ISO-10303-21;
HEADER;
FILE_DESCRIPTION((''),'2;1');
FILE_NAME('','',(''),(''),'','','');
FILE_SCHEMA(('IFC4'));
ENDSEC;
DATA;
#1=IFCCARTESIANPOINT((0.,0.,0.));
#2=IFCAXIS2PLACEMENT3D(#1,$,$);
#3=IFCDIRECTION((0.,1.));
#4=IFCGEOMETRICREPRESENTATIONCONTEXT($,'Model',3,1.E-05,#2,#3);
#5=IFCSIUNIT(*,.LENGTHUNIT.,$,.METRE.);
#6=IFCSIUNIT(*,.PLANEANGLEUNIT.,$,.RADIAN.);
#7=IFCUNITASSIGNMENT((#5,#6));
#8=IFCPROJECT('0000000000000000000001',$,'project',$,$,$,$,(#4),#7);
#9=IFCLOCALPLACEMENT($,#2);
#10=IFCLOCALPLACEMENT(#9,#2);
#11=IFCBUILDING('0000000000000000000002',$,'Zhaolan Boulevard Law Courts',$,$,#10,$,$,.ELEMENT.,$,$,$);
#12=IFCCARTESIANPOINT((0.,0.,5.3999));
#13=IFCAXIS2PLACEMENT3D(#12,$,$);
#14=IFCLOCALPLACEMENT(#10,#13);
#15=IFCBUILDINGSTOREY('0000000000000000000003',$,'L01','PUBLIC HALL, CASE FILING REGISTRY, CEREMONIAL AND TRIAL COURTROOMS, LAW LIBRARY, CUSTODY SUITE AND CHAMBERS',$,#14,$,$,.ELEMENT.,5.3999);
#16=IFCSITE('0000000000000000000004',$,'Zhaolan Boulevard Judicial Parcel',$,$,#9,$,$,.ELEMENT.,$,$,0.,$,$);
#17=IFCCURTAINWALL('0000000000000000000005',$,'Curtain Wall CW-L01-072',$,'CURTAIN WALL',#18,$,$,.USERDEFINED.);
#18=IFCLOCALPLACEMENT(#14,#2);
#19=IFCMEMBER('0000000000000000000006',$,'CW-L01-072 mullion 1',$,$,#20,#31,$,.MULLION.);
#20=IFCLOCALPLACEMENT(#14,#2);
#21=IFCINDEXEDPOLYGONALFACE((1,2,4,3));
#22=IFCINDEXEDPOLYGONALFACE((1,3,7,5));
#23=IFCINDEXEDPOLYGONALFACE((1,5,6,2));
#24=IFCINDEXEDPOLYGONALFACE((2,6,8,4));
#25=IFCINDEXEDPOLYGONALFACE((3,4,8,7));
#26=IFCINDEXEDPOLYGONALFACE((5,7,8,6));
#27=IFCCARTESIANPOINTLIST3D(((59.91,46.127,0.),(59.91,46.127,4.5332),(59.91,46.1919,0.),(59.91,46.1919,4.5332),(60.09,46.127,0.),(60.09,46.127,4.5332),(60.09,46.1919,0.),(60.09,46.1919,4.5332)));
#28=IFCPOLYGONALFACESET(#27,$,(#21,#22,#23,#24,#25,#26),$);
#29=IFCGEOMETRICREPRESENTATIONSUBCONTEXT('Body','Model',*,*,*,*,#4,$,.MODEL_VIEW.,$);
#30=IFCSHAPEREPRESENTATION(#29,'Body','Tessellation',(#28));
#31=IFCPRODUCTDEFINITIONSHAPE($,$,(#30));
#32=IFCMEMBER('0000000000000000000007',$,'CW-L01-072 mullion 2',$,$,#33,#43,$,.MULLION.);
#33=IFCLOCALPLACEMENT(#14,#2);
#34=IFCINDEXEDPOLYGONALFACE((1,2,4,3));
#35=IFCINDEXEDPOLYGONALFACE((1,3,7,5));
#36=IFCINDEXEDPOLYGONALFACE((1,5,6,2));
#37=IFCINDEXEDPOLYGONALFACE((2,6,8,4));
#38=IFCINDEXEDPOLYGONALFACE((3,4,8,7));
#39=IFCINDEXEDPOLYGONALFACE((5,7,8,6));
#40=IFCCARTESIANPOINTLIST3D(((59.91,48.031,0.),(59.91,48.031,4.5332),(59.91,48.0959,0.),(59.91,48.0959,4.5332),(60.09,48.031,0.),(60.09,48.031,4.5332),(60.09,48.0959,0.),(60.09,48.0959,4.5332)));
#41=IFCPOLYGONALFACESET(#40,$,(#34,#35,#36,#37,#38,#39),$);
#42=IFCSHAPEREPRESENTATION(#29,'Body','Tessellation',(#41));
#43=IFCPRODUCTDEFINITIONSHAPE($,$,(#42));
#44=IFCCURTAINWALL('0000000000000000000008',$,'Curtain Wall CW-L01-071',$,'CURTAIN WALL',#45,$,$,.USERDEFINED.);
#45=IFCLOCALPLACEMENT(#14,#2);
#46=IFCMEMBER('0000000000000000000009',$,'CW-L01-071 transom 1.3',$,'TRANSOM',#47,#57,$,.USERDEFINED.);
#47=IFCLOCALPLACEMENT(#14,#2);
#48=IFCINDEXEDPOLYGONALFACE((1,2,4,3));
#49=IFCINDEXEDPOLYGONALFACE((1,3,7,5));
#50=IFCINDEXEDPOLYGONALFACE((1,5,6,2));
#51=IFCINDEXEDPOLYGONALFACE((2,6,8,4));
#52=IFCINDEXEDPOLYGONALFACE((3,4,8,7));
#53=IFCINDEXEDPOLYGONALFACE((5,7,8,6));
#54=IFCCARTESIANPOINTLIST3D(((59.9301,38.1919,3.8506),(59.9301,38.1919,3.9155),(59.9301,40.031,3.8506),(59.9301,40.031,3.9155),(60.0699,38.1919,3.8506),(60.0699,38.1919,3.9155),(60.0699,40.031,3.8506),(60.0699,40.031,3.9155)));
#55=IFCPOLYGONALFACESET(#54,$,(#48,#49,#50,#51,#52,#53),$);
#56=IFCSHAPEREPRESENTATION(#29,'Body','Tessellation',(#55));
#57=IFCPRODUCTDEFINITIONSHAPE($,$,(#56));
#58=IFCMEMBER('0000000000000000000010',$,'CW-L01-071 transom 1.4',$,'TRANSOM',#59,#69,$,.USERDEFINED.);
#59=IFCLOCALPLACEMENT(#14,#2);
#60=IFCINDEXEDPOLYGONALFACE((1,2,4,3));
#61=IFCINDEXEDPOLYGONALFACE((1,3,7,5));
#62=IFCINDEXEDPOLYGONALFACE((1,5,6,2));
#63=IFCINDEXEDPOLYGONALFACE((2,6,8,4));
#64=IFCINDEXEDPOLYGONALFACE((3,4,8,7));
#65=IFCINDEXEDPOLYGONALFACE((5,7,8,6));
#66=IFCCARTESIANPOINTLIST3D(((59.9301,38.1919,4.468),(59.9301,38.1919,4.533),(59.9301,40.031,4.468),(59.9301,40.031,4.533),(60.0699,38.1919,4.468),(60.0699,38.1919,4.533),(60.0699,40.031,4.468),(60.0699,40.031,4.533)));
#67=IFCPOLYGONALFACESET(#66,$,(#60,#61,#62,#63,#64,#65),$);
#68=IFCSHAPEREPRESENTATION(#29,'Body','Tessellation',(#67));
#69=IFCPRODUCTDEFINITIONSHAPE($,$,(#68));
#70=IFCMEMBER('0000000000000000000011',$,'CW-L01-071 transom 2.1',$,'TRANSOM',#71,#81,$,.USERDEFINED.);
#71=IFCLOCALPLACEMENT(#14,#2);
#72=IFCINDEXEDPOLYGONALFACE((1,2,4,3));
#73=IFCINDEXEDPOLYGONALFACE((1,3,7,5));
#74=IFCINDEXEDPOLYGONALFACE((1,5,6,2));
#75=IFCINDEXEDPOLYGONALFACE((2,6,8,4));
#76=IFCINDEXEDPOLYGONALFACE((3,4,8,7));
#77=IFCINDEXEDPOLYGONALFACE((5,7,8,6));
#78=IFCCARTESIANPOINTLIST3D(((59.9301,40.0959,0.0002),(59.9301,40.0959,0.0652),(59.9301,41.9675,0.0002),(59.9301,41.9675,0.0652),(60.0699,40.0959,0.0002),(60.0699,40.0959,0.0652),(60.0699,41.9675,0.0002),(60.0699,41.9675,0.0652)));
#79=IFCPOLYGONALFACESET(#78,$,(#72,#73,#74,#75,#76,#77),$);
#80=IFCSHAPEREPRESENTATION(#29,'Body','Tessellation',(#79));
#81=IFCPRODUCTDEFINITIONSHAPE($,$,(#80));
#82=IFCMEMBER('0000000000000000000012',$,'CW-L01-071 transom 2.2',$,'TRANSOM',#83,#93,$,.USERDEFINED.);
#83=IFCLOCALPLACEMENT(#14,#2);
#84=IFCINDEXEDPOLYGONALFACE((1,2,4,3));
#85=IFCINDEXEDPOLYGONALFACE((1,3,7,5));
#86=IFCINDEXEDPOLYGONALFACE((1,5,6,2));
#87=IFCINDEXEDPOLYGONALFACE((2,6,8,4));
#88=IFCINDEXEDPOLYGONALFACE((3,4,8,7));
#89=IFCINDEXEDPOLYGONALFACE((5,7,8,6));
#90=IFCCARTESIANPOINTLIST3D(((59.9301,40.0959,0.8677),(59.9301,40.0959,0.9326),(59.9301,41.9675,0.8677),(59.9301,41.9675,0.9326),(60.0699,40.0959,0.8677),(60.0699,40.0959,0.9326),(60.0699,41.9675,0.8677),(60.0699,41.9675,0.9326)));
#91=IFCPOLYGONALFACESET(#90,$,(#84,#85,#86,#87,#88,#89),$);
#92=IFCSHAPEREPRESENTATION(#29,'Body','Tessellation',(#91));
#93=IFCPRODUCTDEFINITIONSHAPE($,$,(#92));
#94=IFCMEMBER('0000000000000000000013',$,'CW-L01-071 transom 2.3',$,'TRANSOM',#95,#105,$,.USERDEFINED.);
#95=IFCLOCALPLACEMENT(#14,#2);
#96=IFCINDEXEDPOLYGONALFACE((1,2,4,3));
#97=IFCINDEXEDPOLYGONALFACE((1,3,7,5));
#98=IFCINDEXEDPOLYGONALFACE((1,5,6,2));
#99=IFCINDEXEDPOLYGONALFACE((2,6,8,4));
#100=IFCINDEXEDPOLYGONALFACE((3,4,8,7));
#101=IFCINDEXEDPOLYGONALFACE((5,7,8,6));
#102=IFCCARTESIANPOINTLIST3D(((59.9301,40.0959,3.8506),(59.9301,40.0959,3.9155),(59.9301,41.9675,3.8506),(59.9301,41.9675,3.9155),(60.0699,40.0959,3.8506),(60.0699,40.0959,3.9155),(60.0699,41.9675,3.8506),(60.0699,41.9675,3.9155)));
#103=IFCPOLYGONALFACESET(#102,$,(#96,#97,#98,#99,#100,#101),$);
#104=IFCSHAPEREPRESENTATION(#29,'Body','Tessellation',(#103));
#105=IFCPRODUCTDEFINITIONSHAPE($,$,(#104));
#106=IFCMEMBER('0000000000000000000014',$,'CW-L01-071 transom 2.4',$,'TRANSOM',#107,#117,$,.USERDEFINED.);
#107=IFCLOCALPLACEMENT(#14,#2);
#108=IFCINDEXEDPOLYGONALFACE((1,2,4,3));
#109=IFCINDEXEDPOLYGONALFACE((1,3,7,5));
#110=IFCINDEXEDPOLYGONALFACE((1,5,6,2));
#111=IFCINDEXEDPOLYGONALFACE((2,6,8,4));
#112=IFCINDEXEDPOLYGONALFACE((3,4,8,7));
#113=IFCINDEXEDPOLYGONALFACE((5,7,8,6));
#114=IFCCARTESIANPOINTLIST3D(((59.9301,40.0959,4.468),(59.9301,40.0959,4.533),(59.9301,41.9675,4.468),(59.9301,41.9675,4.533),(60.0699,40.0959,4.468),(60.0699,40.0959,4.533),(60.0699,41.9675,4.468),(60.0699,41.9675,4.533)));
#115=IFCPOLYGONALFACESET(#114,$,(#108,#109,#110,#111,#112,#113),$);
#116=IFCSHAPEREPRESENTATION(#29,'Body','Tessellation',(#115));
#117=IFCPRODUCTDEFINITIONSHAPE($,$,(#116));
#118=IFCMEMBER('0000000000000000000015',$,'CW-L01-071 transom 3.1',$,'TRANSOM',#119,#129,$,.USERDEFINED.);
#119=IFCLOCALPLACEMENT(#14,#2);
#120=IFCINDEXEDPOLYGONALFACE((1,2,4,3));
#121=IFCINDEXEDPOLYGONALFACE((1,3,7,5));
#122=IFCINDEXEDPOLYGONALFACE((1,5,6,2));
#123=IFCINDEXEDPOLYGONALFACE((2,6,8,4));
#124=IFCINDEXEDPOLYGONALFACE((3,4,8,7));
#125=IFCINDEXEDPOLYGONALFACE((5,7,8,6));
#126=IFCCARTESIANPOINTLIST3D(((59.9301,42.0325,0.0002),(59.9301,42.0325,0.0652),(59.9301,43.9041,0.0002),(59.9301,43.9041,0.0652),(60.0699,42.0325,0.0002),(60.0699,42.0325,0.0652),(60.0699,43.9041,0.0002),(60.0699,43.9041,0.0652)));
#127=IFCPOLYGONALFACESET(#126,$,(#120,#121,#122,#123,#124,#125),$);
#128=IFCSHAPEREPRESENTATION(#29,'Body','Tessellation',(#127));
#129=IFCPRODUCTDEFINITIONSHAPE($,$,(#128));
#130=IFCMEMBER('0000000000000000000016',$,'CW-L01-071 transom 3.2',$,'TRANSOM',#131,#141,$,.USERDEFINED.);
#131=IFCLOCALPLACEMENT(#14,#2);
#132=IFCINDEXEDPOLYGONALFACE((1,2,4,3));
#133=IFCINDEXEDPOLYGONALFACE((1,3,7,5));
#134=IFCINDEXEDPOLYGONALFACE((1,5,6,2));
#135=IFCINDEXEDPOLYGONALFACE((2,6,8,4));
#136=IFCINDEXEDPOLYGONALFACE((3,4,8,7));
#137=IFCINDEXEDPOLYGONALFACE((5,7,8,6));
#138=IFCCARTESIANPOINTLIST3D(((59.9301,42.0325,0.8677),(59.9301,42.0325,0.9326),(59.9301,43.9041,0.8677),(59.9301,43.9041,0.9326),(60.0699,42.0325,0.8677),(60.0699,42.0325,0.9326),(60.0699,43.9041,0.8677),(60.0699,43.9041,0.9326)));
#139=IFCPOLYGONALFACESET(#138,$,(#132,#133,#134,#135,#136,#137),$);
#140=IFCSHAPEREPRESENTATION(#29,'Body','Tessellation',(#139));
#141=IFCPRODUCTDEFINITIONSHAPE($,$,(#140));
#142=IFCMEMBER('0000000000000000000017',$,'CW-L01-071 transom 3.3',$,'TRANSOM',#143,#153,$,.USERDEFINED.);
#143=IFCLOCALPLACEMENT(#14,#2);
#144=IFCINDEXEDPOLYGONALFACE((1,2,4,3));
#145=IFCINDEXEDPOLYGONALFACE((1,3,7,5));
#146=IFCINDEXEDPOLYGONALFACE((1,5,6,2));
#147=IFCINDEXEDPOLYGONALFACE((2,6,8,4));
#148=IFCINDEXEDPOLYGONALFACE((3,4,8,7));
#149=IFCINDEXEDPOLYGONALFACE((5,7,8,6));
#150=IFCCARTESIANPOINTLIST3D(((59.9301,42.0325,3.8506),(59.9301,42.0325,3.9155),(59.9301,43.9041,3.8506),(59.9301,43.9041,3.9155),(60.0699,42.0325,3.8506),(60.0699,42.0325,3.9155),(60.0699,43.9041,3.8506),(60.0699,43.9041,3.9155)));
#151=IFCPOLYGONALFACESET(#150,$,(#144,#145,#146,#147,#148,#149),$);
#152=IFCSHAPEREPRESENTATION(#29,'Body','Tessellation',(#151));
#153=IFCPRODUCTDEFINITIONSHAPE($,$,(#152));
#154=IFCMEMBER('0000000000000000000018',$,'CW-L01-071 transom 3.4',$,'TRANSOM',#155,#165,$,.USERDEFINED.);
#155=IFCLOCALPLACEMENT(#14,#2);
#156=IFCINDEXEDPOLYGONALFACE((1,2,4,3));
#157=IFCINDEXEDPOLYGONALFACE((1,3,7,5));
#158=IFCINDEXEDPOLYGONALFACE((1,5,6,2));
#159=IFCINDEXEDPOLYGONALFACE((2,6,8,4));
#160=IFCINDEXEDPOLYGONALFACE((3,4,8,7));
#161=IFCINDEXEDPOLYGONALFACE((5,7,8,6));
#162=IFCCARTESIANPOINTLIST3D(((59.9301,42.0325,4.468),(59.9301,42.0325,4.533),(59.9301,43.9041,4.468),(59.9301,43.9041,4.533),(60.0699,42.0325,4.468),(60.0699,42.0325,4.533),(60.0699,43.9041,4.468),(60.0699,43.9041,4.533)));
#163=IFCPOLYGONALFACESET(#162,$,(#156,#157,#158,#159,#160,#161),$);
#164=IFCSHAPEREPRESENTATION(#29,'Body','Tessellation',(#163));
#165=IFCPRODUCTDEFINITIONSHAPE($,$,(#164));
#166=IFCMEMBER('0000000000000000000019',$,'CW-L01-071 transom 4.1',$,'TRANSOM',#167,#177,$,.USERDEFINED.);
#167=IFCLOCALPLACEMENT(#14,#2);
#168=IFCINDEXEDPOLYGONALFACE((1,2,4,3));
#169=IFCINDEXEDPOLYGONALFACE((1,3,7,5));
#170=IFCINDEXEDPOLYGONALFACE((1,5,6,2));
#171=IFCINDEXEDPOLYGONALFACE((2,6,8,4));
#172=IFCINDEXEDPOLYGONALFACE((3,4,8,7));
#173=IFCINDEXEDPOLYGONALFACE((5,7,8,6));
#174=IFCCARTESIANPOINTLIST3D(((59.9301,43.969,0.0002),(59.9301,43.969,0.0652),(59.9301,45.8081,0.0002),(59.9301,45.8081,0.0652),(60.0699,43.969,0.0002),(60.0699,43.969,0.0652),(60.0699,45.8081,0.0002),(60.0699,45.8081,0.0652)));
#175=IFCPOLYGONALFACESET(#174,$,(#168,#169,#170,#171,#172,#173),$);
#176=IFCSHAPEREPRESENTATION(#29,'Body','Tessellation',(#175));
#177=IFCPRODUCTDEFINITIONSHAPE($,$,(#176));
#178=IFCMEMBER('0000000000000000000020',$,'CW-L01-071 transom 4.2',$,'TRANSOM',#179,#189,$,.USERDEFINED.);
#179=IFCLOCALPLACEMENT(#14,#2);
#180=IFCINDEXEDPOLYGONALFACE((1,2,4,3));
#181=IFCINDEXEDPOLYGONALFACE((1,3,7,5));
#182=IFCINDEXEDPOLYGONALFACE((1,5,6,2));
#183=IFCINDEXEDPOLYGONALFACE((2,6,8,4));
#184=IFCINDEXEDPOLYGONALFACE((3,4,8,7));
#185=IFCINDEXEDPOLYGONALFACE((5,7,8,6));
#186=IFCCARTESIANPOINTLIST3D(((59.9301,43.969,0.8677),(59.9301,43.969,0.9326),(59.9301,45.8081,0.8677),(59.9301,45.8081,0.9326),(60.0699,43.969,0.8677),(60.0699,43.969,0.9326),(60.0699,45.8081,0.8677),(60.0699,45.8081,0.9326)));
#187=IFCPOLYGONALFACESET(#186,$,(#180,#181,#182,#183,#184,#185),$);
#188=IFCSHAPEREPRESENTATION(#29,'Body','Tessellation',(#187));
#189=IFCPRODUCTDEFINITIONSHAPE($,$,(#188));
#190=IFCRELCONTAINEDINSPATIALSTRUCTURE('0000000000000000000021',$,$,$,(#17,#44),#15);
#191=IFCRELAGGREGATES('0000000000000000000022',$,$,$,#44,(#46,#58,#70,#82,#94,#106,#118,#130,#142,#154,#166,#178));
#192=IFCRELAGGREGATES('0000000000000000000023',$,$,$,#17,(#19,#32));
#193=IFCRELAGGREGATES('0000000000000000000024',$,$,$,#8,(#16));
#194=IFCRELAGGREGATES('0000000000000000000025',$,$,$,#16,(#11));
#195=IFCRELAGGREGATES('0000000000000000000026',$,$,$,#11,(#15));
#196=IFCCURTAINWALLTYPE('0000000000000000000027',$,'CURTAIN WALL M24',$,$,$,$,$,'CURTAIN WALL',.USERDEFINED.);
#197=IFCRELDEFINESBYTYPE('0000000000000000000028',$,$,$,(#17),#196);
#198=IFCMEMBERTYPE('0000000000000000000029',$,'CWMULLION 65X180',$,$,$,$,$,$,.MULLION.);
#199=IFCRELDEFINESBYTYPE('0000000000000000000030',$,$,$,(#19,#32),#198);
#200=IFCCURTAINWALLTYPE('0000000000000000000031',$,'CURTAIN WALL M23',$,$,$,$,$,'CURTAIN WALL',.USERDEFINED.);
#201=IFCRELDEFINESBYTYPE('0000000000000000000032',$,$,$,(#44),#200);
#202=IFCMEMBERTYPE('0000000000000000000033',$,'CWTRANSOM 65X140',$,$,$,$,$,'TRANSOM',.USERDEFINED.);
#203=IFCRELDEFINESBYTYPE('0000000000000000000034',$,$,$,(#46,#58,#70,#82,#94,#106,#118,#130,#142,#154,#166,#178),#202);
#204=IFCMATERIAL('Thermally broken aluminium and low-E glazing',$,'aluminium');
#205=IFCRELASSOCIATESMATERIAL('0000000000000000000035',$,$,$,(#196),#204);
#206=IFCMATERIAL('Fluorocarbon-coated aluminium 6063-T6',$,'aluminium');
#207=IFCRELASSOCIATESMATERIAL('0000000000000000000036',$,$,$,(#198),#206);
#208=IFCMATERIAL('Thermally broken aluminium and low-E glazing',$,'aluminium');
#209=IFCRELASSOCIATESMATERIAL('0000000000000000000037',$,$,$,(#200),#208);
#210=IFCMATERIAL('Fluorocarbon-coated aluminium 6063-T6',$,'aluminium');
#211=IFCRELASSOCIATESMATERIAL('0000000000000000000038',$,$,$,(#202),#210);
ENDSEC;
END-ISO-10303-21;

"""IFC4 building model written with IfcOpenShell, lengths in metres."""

from ifc_helpers import new_model, si_unit, direction, frame, origin, origin_2d, place, context, subcontext, project, spatial, rectangle, extrude, material, material_profile, profile_set, type_object, element, aggregate, save


model = new_model("IFC4")

# Units and contexts
model_context = context("Model", 3, precision=1e-05, world=origin(), true_north=direction((0.0, 1.0)))
body_context = subcontext(model_context, "Body", "Model", "MODEL_VIEW")
ifc_project = project(units=[si_unit("LENGTHUNIT", "METRE"), si_unit("PLANEANGLEUNIT", "RADIAN")], contexts=[model_context])

# Site, building, storey
site_placement = place(None, origin())
site = spatial("IfcSite", under=ifc_project, at=site_placement, Name="Zhaolan Boulevard Judicial Parcel", CompositionType="ELEMENT", RefElevation=0.0)
building_placement = place(site_placement, origin())
building = spatial("IfcBuilding", under=site, at=building_placement, Name="Zhaolan Boulevard Law Courts", CompositionType="ELEMENT")
storey_placement = place(building_placement, frame((0.0, 0.0, 5.3999)))
storey = spatial("IfcBuildingStorey", under=building, at=storey_placement, Name="L01", Description="PUBLIC HALL, CASE FILING REGISTRY, CEREMONIAL AND TRIAL COURTROOMS, LAW LIBRARY, CUSTODY SUITE AND CHAMBERS", CompositionType="ELEMENT", Elevation=5.3999)

# Curtain walls, members
ifc_material_1 = material(Name="Thermally broken aluminium and low-E glazing", Category="aluminium")
curtain_wall_type_1 = type_object("IfcCurtainWallType", Name="CURTAIN WALL M24", ElementType="CURTAIN WALL", PredefinedType="USERDEFINED", material=ifc_material_1)
curtain_wall_1_placement = place(storey_placement, origin())
curtain_wall_1 = element("IfcCurtainWall", 1, at=curtain_wall_1_placement, inside=storey, type_object=curtain_wall_type_1, Name="Curtain Wall CW-L01-072", ObjectType="CURTAIN WALL", PredefinedType="USERDEFINED")
ifc_material_2 = material(Name="Fluorocarbon-coated aluminium 6063-T6", Category="aluminium")
ifc_material_profile_1 = material_profile(ifc_material_2, rectangle(XDim=0.1799, YDim=0.0649, at=origin_2d()), Name="AL65x180")
ifc_profile_set_1 = profile_set([ifc_material_profile_1], Name="Fluorocarbon-coated aluminium 6063-T6")
member_type_1 = type_object("IfcMemberType", Name="CWMULLION 65X180", PredefinedType="MULLION", material=ifc_profile_set_1)
member_1_placement = place(storey_placement, frame((60.0, 46.1594, 0.0), z_axis=(0.0, 0.0, 1.0), x_axis=(-1.0, 0.0, 0.0)))
member_1 = element("IfcMember", 2, at=member_1_placement, type_object=member_type_1, Name="CW-L01-072 mullion 1", PredefinedType="MULLION", context=body_context, shape_type="SweptSolid", body=[
    extrude(rectangle(XDim=0.1799, YDim=0.0649, at=origin_2d()), origin(), (0.0, 0.0, 1.0), 4.5332),
])
member_2_placement = place(storey_placement, frame((60.0, 48.0635, 0.0), z_axis=(0.0, 0.0, 1.0), x_axis=(-1.0, 0.0, 0.0)))
member_2 = element("IfcMember", 3, at=member_2_placement, type_object=member_type_1, Name="CW-L01-072 mullion 2", PredefinedType="MULLION", context=body_context, shape_type="SweptSolid", body=[
    extrude(rectangle(XDim=0.1799, YDim=0.0649, at=origin_2d()), origin(), (0.0, 0.0, 1.0), 4.5332),
])
ifc_material_3 = material(Name="Thermally broken aluminium and low-E glazing", Category="aluminium")
curtain_wall_type_2 = type_object("IfcCurtainWallType", Name="CURTAIN WALL M23", ElementType="CURTAIN WALL", PredefinedType="USERDEFINED", material=ifc_material_3)
curtain_wall_2_placement = place(storey_placement, origin())
curtain_wall_2 = element("IfcCurtainWall", 4, at=curtain_wall_2_placement, inside=storey, type_object=curtain_wall_type_2, Name="Curtain Wall CW-L01-071", ObjectType="CURTAIN WALL", PredefinedType="USERDEFINED")
ifc_material_4 = material(Name="Fluorocarbon-coated aluminium 6063-T6", Category="aluminium")
ifc_material_profile_2 = material_profile(ifc_material_4, rectangle(XDim=0.1399, YDim=0.0649, at=origin_2d()), Name="AL65x140")
ifc_profile_set_2 = profile_set([ifc_material_profile_2], Name="Fluorocarbon-coated aluminium 6063-T6")
member_type_2 = type_object("IfcMemberType", Name="CWTRANSOM 65X140", ElementType="TRANSOM", PredefinedType="USERDEFINED", material=ifc_profile_set_2)
member_3_placement = place(storey_placement, frame((60.0, 38.1919, 3.8831), z_axis=(0.0, 1.0, 0.0), x_axis=(-1.0, 0.0, 0.0)))
member_3 = element("IfcMember", 5, at=member_3_placement, type_object=member_type_2, Name="CW-L01-071 transom 1.3", ObjectType="TRANSOM", PredefinedType="USERDEFINED", context=body_context, shape_type="SweptSolid", body=[
    extrude(rectangle(XDim=0.1399, YDim=0.0649, at=origin_2d()), origin(), (0.0, 0.0, 1.0), 1.8391),
])
member_4_placement = place(storey_placement, frame((60.0, 38.1919, 4.5005), z_axis=(0.0, 1.0, 0.0), x_axis=(-1.0, 0.0, 0.0)))
member_4 = element("IfcMember", 6, at=member_4_placement, type_object=member_type_2, Name="CW-L01-071 transom 1.4", ObjectType="TRANSOM", PredefinedType="USERDEFINED", context=body_context, shape_type="SweptSolid", body=[
    extrude(rectangle(XDim=0.1399, YDim=0.0649, at=origin_2d()), origin(), (0.0, 0.0, 1.0), 1.8391),
])
member_5_placement = place(storey_placement, frame((60.0, 40.0959, 0.0327), z_axis=(0.0, 1.0, 0.0), x_axis=(-1.0, 0.0, 0.0)))
member_5 = element("IfcMember", 7, at=member_5_placement, type_object=member_type_2, Name="CW-L01-071 transom 2.1", ObjectType="TRANSOM", PredefinedType="USERDEFINED", context=body_context, shape_type="SweptSolid", body=[
    extrude(rectangle(XDim=0.1399, YDim=0.0649, at=origin_2d()), origin(), (0.0, 0.0, 1.0), 1.8716),
])
member_6_placement = place(storey_placement, frame((60.0, 40.0959, 0.9001), z_axis=(0.0, 1.0, 0.0), x_axis=(-1.0, 0.0, 0.0)))
member_6 = element("IfcMember", 8, at=member_6_placement, type_object=member_type_2, Name="CW-L01-071 transom 2.2", ObjectType="TRANSOM", PredefinedType="USERDEFINED", context=body_context, shape_type="SweptSolid", body=[
    extrude(rectangle(XDim=0.1399, YDim=0.0649, at=origin_2d()), origin(), (0.0, 0.0, 1.0), 1.8716),
])
member_7_placement = place(storey_placement, frame((60.0, 40.0959, 3.8831), z_axis=(0.0, 1.0, 0.0), x_axis=(-1.0, 0.0, 0.0)))
member_7 = element("IfcMember", 9, at=member_7_placement, type_object=member_type_2, Name="CW-L01-071 transom 2.3", ObjectType="TRANSOM", PredefinedType="USERDEFINED", context=body_context, shape_type="SweptSolid", body=[
    extrude(rectangle(XDim=0.1399, YDim=0.0649, at=origin_2d()), origin(), (0.0, 0.0, 1.0), 1.8716),
])
member_8_placement = place(storey_placement, frame((60.0, 40.0959, 4.5005), z_axis=(0.0, 1.0, 0.0), x_axis=(-1.0, 0.0, 0.0)))
member_8 = element("IfcMember", 10, at=member_8_placement, type_object=member_type_2, Name="CW-L01-071 transom 2.4", ObjectType="TRANSOM", PredefinedType="USERDEFINED", context=body_context, shape_type="SweptSolid", body=[
    extrude(rectangle(XDim=0.1399, YDim=0.0649, at=origin_2d()), origin(), (0.0, 0.0, 1.0), 1.8716),
])
member_9_placement = place(storey_placement, frame((60.0, 42.0325, 0.0327), z_axis=(0.0, 1.0, 0.0), x_axis=(-1.0, 0.0, 0.0)))
member_9 = element("IfcMember", 11, at=member_9_placement, type_object=member_type_2, Name="CW-L01-071 transom 3.1", ObjectType="TRANSOM", PredefinedType="USERDEFINED", context=body_context, shape_type="SweptSolid", body=[
    extrude(rectangle(XDim=0.1399, YDim=0.0649, at=origin_2d()), origin(), (0.0, 0.0, 1.0), 1.8716),
])
member_10_placement = place(storey_placement, frame((60.0, 42.0325, 0.9001), z_axis=(0.0, 1.0, 0.0), x_axis=(-1.0, 0.0, 0.0)))
member_10 = element("IfcMember", 12, at=member_10_placement, type_object=member_type_2, Name="CW-L01-071 transom 3.2", ObjectType="TRANSOM", PredefinedType="USERDEFINED", context=body_context, shape_type="SweptSolid", body=[
    extrude(rectangle(XDim=0.1399, YDim=0.0649, at=origin_2d()), origin(), (0.0, 0.0, 1.0), 1.8716),
])
member_11_placement = place(storey_placement, frame((60.0, 42.0325, 3.8831), z_axis=(0.0, 1.0, 0.0), x_axis=(-1.0, 0.0, 0.0)))
member_11 = element("IfcMember", 13, at=member_11_placement, type_object=member_type_2, Name="CW-L01-071 transom 3.3", ObjectType="TRANSOM", PredefinedType="USERDEFINED", context=body_context, shape_type="SweptSolid", body=[
    extrude(rectangle(XDim=0.1399, YDim=0.0649, at=origin_2d()), origin(), (0.0, 0.0, 1.0), 1.8716),
])
member_12_placement = place(storey_placement, frame((60.0, 42.0325, 4.5005), z_axis=(0.0, 1.0, 0.0), x_axis=(-1.0, 0.0, 0.0)))
member_12 = element("IfcMember", 14, at=member_12_placement, type_object=member_type_2, Name="CW-L01-071 transom 3.4", ObjectType="TRANSOM", PredefinedType="USERDEFINED", context=body_context, shape_type="SweptSolid", body=[
    extrude(rectangle(XDim=0.1399, YDim=0.0649, at=origin_2d()), origin(), (0.0, 0.0, 1.0), 1.8716),
])
member_13_placement = place(storey_placement, frame((60.0, 43.969, 0.0327), z_axis=(0.0, 1.0, 0.0), x_axis=(-1.0, 0.0, 0.0)))
member_13 = element("IfcMember", 15, at=member_13_placement, type_object=member_type_2, Name="CW-L01-071 transom 4.1", ObjectType="TRANSOM", PredefinedType="USERDEFINED", context=body_context, shape_type="SweptSolid", body=[
    extrude(rectangle(XDim=0.1399, YDim=0.0649, at=origin_2d()), origin(), (0.0, 0.0, 1.0), 1.8391),
])
member_14_placement = place(storey_placement, frame((60.0, 43.969, 0.9001), z_axis=(0.0, 1.0, 0.0), x_axis=(-1.0, 0.0, 0.0)))
member_14 = element("IfcMember", 16, at=member_14_placement, type_object=member_type_2, Name="CW-L01-071 transom 4.2", ObjectType="TRANSOM", PredefinedType="USERDEFINED", context=body_context, shape_type="SweptSolid", body=[
    extrude(rectangle(XDim=0.1399, YDim=0.0649, at=origin_2d()), origin(), (0.0, 0.0, 1.0), 1.8391),
])

aggregate(curtain_wall_2, [member_3, member_4, member_5, member_6, member_7, member_8, member_9, member_10, member_11, member_12, member_13, member_14])
aggregate(curtain_wall_1, [member_1, member_2])

save(model, "model.ifc")
